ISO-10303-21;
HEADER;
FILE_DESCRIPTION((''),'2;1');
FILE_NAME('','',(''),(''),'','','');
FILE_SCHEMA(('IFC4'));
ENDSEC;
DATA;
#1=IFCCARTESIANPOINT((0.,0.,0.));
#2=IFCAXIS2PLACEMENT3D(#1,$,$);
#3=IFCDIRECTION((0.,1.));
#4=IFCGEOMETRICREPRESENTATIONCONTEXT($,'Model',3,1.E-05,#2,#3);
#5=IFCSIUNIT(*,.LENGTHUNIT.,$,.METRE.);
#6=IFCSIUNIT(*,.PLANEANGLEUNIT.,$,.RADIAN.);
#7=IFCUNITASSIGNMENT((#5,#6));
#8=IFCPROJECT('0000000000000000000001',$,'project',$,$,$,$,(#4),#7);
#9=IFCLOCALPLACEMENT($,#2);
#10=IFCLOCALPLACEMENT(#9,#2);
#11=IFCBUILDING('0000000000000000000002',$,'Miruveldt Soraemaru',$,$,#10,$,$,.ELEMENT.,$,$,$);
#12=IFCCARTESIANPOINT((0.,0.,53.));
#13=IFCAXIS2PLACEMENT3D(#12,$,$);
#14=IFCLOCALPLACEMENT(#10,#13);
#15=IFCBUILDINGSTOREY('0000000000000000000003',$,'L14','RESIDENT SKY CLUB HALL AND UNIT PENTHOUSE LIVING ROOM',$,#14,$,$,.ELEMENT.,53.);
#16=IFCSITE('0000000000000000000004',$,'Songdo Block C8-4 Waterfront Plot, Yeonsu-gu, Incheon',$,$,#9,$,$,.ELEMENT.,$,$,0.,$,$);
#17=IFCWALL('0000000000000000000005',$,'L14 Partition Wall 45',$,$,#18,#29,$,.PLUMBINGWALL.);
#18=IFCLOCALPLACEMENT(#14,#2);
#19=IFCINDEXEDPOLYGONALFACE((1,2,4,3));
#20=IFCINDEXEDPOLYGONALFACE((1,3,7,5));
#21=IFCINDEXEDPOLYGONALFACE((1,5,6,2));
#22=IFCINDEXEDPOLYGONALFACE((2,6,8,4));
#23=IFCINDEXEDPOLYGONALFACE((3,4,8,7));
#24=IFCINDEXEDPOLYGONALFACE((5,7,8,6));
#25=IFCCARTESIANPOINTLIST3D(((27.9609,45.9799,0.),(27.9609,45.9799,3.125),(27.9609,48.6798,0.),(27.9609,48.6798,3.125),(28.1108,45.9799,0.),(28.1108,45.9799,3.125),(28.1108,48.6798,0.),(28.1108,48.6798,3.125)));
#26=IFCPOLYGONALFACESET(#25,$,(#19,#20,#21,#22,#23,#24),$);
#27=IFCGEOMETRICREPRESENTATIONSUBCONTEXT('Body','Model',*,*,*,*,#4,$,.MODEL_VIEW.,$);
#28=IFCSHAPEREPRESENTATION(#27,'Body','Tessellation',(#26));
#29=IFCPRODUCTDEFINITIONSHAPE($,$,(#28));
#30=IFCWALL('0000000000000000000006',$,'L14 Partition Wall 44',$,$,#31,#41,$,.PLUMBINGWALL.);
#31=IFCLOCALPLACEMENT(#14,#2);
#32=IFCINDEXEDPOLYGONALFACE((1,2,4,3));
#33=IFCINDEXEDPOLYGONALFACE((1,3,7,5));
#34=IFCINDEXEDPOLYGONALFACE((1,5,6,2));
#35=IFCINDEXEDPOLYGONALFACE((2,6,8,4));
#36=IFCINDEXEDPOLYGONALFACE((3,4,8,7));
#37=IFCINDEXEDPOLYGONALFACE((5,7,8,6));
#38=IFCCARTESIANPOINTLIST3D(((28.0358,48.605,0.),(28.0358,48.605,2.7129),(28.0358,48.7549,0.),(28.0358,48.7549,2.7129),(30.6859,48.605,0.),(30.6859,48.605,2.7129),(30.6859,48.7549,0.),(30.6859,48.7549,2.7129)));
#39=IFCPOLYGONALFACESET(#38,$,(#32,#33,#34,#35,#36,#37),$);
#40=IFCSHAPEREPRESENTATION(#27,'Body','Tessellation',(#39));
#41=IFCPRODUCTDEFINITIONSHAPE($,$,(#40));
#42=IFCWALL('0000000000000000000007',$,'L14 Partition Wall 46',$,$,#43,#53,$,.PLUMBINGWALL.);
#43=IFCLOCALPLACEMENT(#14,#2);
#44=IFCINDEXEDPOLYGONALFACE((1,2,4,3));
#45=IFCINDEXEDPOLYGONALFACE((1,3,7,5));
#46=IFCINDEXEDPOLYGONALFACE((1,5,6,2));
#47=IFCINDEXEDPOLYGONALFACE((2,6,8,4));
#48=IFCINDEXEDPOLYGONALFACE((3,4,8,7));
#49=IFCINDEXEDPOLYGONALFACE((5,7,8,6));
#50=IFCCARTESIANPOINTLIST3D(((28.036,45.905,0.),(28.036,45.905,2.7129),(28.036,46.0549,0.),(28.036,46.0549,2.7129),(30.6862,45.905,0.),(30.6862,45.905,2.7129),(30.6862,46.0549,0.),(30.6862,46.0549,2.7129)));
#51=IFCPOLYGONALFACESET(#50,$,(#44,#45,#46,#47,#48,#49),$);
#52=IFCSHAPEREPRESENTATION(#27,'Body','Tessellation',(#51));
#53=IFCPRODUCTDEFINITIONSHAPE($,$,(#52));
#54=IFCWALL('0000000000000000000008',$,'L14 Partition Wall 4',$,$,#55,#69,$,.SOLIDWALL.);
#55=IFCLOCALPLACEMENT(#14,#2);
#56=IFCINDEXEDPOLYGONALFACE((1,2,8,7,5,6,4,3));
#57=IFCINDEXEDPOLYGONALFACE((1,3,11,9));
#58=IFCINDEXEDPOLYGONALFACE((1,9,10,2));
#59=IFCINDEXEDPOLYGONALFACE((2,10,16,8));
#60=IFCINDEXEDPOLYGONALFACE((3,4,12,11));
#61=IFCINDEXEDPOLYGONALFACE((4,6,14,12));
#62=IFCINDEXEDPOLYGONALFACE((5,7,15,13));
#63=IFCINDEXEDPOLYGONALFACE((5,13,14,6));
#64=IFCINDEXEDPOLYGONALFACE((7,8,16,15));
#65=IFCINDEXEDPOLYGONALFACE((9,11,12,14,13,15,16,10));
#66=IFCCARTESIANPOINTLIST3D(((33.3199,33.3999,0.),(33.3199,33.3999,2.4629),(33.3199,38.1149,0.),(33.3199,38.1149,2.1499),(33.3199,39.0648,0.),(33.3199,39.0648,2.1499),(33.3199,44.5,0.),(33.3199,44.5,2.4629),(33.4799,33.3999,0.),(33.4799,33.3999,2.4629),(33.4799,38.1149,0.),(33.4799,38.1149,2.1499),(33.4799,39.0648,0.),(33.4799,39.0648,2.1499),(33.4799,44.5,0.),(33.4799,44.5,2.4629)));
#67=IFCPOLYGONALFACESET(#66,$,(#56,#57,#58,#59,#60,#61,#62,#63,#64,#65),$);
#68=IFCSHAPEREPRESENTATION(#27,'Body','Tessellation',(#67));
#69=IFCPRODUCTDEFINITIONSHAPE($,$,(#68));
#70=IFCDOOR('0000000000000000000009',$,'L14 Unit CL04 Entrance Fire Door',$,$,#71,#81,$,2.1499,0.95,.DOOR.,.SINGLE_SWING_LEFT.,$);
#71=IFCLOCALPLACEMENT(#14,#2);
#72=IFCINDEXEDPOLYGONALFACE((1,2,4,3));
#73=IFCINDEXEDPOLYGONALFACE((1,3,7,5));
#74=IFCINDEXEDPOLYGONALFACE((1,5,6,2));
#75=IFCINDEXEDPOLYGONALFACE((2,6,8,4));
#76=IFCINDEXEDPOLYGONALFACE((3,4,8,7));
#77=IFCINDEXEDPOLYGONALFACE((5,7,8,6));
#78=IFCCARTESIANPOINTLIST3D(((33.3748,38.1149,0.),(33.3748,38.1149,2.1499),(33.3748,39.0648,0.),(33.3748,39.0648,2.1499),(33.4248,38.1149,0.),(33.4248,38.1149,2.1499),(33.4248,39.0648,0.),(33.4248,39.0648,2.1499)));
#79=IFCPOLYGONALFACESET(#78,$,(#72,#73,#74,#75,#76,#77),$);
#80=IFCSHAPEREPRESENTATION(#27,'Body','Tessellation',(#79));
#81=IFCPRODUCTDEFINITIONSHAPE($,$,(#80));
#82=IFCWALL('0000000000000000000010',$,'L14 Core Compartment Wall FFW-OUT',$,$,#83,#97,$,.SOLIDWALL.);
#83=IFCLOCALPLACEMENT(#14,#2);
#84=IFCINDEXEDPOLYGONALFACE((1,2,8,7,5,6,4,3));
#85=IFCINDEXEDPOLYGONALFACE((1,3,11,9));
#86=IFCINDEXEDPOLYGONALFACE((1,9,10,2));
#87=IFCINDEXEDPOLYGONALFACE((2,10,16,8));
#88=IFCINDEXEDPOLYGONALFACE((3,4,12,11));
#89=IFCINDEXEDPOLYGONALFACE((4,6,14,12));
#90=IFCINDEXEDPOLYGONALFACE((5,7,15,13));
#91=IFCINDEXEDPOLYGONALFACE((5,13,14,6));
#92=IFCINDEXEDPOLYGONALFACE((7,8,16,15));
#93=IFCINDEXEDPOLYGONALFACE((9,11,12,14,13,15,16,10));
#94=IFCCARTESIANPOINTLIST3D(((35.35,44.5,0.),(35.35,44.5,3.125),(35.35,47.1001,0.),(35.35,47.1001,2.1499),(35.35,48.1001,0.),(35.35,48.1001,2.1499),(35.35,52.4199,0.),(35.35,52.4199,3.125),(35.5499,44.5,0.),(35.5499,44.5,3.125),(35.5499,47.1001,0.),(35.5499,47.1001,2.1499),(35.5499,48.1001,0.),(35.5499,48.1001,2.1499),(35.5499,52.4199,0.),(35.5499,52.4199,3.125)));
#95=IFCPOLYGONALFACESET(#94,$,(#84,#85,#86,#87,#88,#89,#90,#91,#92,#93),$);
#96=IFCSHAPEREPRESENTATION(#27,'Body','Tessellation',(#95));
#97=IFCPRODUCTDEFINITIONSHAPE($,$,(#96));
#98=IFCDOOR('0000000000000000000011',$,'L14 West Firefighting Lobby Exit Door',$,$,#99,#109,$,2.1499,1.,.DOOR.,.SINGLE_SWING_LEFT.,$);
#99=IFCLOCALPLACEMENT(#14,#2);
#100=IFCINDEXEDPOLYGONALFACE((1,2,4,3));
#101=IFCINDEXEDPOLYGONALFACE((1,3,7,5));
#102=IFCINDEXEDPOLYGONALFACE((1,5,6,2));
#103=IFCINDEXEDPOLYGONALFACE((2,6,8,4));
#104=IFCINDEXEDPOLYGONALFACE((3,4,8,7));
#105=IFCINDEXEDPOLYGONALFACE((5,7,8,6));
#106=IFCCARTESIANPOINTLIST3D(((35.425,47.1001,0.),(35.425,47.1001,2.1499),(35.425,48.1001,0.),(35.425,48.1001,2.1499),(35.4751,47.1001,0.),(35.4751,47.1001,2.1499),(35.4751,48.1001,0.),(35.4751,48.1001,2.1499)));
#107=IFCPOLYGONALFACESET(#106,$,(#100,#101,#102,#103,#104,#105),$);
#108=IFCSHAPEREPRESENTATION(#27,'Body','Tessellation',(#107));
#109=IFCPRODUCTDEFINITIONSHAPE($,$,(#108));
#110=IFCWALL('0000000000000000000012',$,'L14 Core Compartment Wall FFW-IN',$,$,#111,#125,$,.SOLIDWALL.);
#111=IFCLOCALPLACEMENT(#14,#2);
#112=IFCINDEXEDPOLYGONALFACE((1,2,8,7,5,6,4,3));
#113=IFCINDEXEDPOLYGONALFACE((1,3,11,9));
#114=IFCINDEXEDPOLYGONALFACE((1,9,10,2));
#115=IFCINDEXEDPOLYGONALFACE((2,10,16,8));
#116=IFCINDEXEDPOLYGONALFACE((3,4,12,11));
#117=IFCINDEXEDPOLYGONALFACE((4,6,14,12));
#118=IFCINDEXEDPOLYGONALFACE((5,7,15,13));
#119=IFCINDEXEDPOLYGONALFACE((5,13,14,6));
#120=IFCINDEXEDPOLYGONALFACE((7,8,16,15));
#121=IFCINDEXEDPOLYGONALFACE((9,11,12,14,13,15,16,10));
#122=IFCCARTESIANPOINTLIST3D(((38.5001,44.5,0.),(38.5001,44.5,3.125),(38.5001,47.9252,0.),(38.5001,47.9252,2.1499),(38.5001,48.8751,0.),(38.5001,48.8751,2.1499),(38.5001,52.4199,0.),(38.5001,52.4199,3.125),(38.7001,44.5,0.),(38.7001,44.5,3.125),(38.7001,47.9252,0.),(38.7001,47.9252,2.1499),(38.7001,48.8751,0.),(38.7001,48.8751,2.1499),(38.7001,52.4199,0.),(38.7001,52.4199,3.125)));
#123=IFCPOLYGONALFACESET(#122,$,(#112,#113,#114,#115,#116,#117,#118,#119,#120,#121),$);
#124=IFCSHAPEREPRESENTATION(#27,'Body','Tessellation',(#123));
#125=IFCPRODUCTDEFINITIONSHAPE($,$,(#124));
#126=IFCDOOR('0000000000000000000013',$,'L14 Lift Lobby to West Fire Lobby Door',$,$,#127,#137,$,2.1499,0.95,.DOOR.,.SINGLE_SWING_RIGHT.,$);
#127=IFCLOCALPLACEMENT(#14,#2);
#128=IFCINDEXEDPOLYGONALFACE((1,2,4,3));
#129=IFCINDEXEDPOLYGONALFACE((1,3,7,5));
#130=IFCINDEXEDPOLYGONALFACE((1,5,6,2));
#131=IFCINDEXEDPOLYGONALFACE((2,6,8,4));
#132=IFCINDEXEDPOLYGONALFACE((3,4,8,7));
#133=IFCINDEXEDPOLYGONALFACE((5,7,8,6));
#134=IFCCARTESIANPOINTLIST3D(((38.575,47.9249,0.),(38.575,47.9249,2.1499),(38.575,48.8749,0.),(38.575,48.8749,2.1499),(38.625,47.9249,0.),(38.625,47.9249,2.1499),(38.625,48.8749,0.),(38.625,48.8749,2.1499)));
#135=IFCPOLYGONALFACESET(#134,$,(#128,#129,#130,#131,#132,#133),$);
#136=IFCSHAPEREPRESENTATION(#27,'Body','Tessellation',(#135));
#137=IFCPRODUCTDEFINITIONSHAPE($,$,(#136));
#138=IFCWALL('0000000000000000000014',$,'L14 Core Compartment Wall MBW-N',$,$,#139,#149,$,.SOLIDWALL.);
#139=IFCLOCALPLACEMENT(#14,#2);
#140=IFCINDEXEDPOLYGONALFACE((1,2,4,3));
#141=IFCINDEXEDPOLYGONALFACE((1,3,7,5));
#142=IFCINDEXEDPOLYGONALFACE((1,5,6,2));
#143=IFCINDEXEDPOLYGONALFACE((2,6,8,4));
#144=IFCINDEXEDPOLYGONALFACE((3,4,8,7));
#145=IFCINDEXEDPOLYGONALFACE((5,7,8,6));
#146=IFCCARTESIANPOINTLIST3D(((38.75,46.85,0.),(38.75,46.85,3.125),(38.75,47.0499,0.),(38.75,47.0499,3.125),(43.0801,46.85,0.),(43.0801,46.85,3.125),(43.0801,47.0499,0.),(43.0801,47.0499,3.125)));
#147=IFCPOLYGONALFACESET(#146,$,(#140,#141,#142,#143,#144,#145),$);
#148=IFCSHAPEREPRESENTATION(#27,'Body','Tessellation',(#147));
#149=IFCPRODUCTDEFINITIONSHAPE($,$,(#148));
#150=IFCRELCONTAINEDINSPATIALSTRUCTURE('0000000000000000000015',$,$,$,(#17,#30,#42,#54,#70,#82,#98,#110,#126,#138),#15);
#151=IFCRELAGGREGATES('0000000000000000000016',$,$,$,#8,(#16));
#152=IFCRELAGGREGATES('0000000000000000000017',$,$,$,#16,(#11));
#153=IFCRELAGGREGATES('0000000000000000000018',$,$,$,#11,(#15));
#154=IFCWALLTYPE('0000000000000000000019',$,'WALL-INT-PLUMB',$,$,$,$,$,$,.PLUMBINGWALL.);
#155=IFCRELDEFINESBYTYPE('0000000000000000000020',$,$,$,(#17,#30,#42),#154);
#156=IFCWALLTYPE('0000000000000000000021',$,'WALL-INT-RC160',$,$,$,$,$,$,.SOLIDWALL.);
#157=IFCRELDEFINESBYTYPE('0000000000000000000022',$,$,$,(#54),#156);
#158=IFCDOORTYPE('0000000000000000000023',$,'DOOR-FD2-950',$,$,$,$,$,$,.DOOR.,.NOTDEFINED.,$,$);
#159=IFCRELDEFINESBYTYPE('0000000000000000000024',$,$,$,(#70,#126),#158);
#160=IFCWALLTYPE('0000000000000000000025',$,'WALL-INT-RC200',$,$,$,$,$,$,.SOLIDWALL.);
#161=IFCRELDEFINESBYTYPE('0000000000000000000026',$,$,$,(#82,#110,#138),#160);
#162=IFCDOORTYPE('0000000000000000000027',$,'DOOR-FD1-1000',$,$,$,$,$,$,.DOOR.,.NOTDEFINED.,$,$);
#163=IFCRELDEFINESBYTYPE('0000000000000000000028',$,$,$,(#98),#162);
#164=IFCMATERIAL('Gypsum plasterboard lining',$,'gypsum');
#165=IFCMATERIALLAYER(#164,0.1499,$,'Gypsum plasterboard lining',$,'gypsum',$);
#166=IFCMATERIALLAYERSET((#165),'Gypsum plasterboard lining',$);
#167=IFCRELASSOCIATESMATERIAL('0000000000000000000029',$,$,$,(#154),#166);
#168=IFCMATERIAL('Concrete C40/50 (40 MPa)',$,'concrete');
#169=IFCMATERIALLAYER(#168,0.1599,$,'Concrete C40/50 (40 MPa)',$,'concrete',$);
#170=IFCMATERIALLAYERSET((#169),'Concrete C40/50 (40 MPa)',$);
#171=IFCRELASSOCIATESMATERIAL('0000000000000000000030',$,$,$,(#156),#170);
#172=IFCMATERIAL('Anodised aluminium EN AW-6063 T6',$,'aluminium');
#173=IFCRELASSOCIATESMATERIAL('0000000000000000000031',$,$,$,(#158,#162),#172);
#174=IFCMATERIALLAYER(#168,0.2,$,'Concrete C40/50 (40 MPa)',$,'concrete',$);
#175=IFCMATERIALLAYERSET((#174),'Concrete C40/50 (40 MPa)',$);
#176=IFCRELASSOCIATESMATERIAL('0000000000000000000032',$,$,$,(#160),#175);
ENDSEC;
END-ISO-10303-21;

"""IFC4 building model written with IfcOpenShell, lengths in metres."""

from ifc_helpers import new_model, si_unit, direction, frame, frame_2d, origin, place, context, subcontext, project, spatial, rectangle, extrude, material, layer, layer_set, type_object, element, fill, save


model = new_model("IFC4")

# Units and contexts
model_context = context("Model", 3, precision=1e-05, world=origin(), true_north=direction((0.0, 1.0)))
body_context = subcontext(model_context, "Body", "Model", "MODEL_VIEW")
ifc_project = project(units=[si_unit("LENGTHUNIT", "METRE"), si_unit("PLANEANGLEUNIT", "RADIAN")], contexts=[model_context])

# Site, building, storey
site_placement = place(None, origin())
site = spatial("IfcSite", under=ifc_project, at=site_placement, Name="Songdo Block C8-4 Waterfront Plot, Yeonsu-gu, Incheon", CompositionType="ELEMENT", RefElevation=0.0)
building_placement = place(site_placement, origin())
building = spatial("IfcBuilding", under=site, at=building_placement, Name="Miruveldt Soraemaru", CompositionType="ELEMENT")
storey_placement = place(building_placement, frame((0.0, 0.0, 53.0)))
storey = spatial("IfcBuildingStorey", under=building, at=storey_placement, Name="L14", Description="RESIDENT SKY CLUB HALL AND UNIT PENTHOUSE LIVING ROOM", CompositionType="ELEMENT", Elevation=53.0)

# Shared definitions
ifc_material_1 = material(Name="Gypsum plasterboard lining", Category="gypsum")
ifc_material_2 = material(Name="Anodised aluminium EN AW-6063 T6", Category="aluminium")

# Shared definitions
ifc_layer_1 = layer(ifc_material_1, 0.1499, Name="Gypsum plasterboard lining", Category="gypsum")
ifc_layer_set_1 = layer_set([ifc_layer_1], Name="Gypsum plasterboard lining")
wall_type_1 = type_object("IfcWallType", Name="WALL-INT-PLUMB", PredefinedType="PLUMBINGWALL", material=ifc_layer_set_1)

# Walls
wall_1_placement = place(storey_placement, frame((28.0359, 48.6799, 0.0), z_axis=(0.0, 0.0, 1.0), x_axis=(0.0, -1.0, 0.0)))
element("IfcWall", 1, at=wall_1_placement, inside=storey, type_object=wall_type_1, Name="L14 Partition Wall 45", PredefinedType="PLUMBINGWALL", context=body_context, shape_type="SweptSolid", body=[
    extrude(rectangle(XDim=2.7, YDim=0.1499, at=frame_2d((1.3501, 0.0))), origin(), (0.0, 0.0, 1.0), 3.125),
])
for number, where, z_axis, x_axis, name in (
    (2, (30.686, 48.6799, 0.0), (0.0, 0.0, 1.0), (-1.0, 0.0, 0.0), "L14 Partition Wall 44"),
    (3, (28.0359, 45.98, 0.0), (0.0, 0.0, 1.0), (1.0, 0.0, 0.0), "L14 Partition Wall 46"),
):
    element("IfcWall", number, at=place(storey_placement, frame(where, z_axis=z_axis, x_axis=x_axis)), inside=storey, type_object=wall_type_1, Name=name, PredefinedType="PLUMBINGWALL", context=body_context, shape_type="SweptSolid", body=[
        extrude(rectangle(XDim=2.6501, YDim=0.1499, at=frame_2d((1.3252, 0.0))), origin(), (0.0, 0.0, 1.0), 2.7129),
    ])

# Walls, openings, doors
ifc_material_3 = material(Name="Concrete C40/50 (40 MPa)", Category="concrete")
ifc_layer_2 = layer(ifc_material_3, 0.1599, Name="Concrete C40/50 (40 MPa)", Category="concrete")
ifc_layer_set_2 = layer_set([ifc_layer_2], Name="Concrete C40/50 (40 MPa)")
wall_type_2 = type_object("IfcWallType", Name="WALL-INT-RC160", PredefinedType="SOLIDWALL", material=ifc_layer_set_2)
wall_2_placement = place(storey_placement, frame((33.3999, 44.5, 0.0), z_axis=(0.0, 0.0, 1.0), x_axis=(0.0, -1.0, 0.0)))
wall_2 = element("IfcWall", 4, at=wall_2_placement, inside=storey, type_object=wall_type_2, Name="L14 Partition Wall 4", PredefinedType="SOLIDWALL", context=body_context, shape_type="SweptSolid", body=[
    extrude(rectangle(XDim=11.1001, YDim=0.1599, at=frame_2d((5.55, 0.0))), origin(), (0.0, 0.0, 1.0), 2.4629),
])
opening_1_placement = place(wall_2_placement, frame((5.4351, 0.0, 0.0)))
opening_1 = element("IfcOpeningElement", 5, at=opening_1_placement, cuts=wall_2, PredefinedType="OPENING", context=body_context, shape_type="SweptSolid", body=[
    extrude(rectangle(XDim=0.95, YDim=2.1499, at=frame_2d((0.4751, 1.075))), frame((0.0, 0.0898, 0.0), z_axis=(0.0, -1.0, 0.0), x_axis=(1.0, 0.0, 0.0)), (0.0, 0.0, 1.0), 0.1799),
])
door_type_1 = type_object("IfcDoorType", Name="DOOR-FD2-950", OperationType="NOTDEFINED", PredefinedType="DOOR", material=ifc_material_2)
door_1_placement = place(opening_1_placement, origin())
door_1 = element("IfcDoor", 6, at=door_1_placement, inside=storey, type_object=door_type_1, Name="L14 Unit CL04 Entrance Fire Door", OperationType="SINGLE_SWING_LEFT", OverallHeight=2.1499, OverallWidth=0.95, PredefinedType="DOOR", context=body_context, shape_type="SweptSolid", body=[
    extrude(rectangle(XDim=0.95, YDim=2.1499, at=frame_2d((0.4751, 1.075))), frame((0.0, 0.0249, 0.0), z_axis=(0.0, -1.0, 0.0), x_axis=(1.0, 0.0, 0.0)), (0.0, 0.0, 1.0), 0.05),
])
fill(opening_1, door_1)
ifc_layer_3 = layer(ifc_material_3, 0.2, Name="Concrete C40/50 (40 MPa)", Category="concrete")
ifc_layer_set_3 = layer_set([ifc_layer_3], Name="Concrete C40/50 (40 MPa)")
wall_type_3 = type_object("IfcWallType", Name="WALL-INT-RC200", PredefinedType="SOLIDWALL", material=ifc_layer_set_3)
wall_3_placement = place(storey_placement, frame((35.45, 44.5, 0.0), z_axis=(0.0, 0.0, 1.0), x_axis=(0.0, 1.0, 0.0)))
wall_3 = element("IfcWall", 7, at=wall_3_placement, inside=storey, type_object=wall_type_3, Name="L14 Core Compartment Wall FFW-OUT", PredefinedType="SOLIDWALL", context=body_context, shape_type="SweptSolid", body=[
    extrude(rectangle(XDim=7.9199, YDim=0.2, at=frame_2d((3.96, 0.0))), origin(), (0.0, 0.0, 1.0), 3.125),
])
opening_2_placement = place(wall_3_placement, frame((2.6001, 0.0, 0.0)))
opening_2 = element("IfcOpeningElement", 8, at=opening_2_placement, cuts=wall_3, PredefinedType="OPENING", context=body_context, shape_type="SweptSolid", body=[
    extrude(rectangle(XDim=1.0, YDim=2.1499, at=frame_2d((0.5, 1.075))), frame((0.0, 0.1099, 0.0), z_axis=(0.0, -1.0, 0.0), x_axis=(1.0, 0.0, 0.0)), (0.0, 0.0, 1.0), 0.22),
])
door_type_2 = type_object("IfcDoorType", Name="DOOR-FD1-1000", OperationType="NOTDEFINED", PredefinedType="DOOR", material=ifc_material_2)
door_2_placement = place(opening_2_placement, origin())
door_2 = element("IfcDoor", 9, at=door_2_placement, inside=storey, type_object=door_type_2, Name="L14 West Firefighting Lobby Exit Door", OperationType="SINGLE_SWING_LEFT", OverallHeight=2.1499, OverallWidth=1.0, PredefinedType="DOOR", context=body_context, shape_type="SweptSolid", body=[
    extrude(rectangle(XDim=1.0, YDim=2.1499, at=frame_2d((0.5, 1.075))), frame((0.0, 0.0249, 0.0), z_axis=(0.0, -1.0, 0.0), x_axis=(1.0, 0.0, 0.0)), (0.0, 0.0, 1.0), 0.05),
])
fill(opening_2, door_2)
wall_4_placement = place(storey_placement, frame((38.6001, 44.5, 0.0), z_axis=(0.0, 0.0, 1.0), x_axis=(0.0, 1.0, 0.0)))
wall_4 = element("IfcWall", 10, at=wall_4_placement, inside=storey, type_object=wall_type_3, Name="L14 Core Compartment Wall FFW-IN", PredefinedType="SOLIDWALL", context=body_context, shape_type="SweptSolid", body=[
    extrude(rectangle(XDim=7.9199, YDim=0.2, at=frame_2d((3.96, 0.0))), origin(), (0.0, 0.0, 1.0), 3.125),
])
opening_3_placement = place(wall_4_placement, frame((3.425, 0.0, 0.0)))
opening_3 = element("IfcOpeningElement", 11, at=opening_3_placement, cuts=wall_4, PredefinedType="OPENING", context=body_context, shape_type="SweptSolid", body=[
    extrude(rectangle(XDim=0.95, YDim=2.1499, at=frame_2d((0.4751, 1.075))), frame((0.0, 0.1099, 0.0), z_axis=(0.0, -1.0, 0.0), x_axis=(1.0, 0.0, 0.0)), (0.0, 0.0, 1.0), 0.22),
])
door_3_placement = place(opening_3_placement, frame((0.95, 0.0, 0.0), z_axis=(0.0, 0.0, 1.0), x_axis=(-1.0, 0.0, 0.0)))
door_3 = element("IfcDoor", 12, at=door_3_placement, inside=storey, type_object=door_type_1, Name="L14 Lift Lobby to West Fire Lobby Door", OperationType="SINGLE_SWING_RIGHT", OverallHeight=2.1499, OverallWidth=0.95, PredefinedType="DOOR", context=body_context, shape_type="SweptSolid", body=[
    extrude(rectangle(XDim=0.95, YDim=2.1499, at=frame_2d((0.4751, 1.075))), frame((0.0, 0.0249, 0.0), z_axis=(0.0, -1.0, 0.0), x_axis=(1.0, 0.0, 0.0)), (0.0, 0.0, 1.0), 0.05),
])
fill(opening_3, door_3)

# Wall
wall_5_placement = place(storey_placement, frame((38.75, 46.95, 0.0), z_axis=(0.0, 0.0, 1.0), x_axis=(1.0, 0.0, 0.0)))
element("IfcWall", 13, at=wall_5_placement, inside=storey, type_object=wall_type_3, Name="L14 Core Compartment Wall MBW-N", PredefinedType="SOLIDWALL", context=body_context, shape_type="SweptSolid", body=[
    extrude(rectangle(XDim=4.3301, YDim=0.2, at=frame_2d((2.165, 0.0))), origin(), (0.0, 0.0, 1.0), 3.125),
])

save(model, "model.ifc")
